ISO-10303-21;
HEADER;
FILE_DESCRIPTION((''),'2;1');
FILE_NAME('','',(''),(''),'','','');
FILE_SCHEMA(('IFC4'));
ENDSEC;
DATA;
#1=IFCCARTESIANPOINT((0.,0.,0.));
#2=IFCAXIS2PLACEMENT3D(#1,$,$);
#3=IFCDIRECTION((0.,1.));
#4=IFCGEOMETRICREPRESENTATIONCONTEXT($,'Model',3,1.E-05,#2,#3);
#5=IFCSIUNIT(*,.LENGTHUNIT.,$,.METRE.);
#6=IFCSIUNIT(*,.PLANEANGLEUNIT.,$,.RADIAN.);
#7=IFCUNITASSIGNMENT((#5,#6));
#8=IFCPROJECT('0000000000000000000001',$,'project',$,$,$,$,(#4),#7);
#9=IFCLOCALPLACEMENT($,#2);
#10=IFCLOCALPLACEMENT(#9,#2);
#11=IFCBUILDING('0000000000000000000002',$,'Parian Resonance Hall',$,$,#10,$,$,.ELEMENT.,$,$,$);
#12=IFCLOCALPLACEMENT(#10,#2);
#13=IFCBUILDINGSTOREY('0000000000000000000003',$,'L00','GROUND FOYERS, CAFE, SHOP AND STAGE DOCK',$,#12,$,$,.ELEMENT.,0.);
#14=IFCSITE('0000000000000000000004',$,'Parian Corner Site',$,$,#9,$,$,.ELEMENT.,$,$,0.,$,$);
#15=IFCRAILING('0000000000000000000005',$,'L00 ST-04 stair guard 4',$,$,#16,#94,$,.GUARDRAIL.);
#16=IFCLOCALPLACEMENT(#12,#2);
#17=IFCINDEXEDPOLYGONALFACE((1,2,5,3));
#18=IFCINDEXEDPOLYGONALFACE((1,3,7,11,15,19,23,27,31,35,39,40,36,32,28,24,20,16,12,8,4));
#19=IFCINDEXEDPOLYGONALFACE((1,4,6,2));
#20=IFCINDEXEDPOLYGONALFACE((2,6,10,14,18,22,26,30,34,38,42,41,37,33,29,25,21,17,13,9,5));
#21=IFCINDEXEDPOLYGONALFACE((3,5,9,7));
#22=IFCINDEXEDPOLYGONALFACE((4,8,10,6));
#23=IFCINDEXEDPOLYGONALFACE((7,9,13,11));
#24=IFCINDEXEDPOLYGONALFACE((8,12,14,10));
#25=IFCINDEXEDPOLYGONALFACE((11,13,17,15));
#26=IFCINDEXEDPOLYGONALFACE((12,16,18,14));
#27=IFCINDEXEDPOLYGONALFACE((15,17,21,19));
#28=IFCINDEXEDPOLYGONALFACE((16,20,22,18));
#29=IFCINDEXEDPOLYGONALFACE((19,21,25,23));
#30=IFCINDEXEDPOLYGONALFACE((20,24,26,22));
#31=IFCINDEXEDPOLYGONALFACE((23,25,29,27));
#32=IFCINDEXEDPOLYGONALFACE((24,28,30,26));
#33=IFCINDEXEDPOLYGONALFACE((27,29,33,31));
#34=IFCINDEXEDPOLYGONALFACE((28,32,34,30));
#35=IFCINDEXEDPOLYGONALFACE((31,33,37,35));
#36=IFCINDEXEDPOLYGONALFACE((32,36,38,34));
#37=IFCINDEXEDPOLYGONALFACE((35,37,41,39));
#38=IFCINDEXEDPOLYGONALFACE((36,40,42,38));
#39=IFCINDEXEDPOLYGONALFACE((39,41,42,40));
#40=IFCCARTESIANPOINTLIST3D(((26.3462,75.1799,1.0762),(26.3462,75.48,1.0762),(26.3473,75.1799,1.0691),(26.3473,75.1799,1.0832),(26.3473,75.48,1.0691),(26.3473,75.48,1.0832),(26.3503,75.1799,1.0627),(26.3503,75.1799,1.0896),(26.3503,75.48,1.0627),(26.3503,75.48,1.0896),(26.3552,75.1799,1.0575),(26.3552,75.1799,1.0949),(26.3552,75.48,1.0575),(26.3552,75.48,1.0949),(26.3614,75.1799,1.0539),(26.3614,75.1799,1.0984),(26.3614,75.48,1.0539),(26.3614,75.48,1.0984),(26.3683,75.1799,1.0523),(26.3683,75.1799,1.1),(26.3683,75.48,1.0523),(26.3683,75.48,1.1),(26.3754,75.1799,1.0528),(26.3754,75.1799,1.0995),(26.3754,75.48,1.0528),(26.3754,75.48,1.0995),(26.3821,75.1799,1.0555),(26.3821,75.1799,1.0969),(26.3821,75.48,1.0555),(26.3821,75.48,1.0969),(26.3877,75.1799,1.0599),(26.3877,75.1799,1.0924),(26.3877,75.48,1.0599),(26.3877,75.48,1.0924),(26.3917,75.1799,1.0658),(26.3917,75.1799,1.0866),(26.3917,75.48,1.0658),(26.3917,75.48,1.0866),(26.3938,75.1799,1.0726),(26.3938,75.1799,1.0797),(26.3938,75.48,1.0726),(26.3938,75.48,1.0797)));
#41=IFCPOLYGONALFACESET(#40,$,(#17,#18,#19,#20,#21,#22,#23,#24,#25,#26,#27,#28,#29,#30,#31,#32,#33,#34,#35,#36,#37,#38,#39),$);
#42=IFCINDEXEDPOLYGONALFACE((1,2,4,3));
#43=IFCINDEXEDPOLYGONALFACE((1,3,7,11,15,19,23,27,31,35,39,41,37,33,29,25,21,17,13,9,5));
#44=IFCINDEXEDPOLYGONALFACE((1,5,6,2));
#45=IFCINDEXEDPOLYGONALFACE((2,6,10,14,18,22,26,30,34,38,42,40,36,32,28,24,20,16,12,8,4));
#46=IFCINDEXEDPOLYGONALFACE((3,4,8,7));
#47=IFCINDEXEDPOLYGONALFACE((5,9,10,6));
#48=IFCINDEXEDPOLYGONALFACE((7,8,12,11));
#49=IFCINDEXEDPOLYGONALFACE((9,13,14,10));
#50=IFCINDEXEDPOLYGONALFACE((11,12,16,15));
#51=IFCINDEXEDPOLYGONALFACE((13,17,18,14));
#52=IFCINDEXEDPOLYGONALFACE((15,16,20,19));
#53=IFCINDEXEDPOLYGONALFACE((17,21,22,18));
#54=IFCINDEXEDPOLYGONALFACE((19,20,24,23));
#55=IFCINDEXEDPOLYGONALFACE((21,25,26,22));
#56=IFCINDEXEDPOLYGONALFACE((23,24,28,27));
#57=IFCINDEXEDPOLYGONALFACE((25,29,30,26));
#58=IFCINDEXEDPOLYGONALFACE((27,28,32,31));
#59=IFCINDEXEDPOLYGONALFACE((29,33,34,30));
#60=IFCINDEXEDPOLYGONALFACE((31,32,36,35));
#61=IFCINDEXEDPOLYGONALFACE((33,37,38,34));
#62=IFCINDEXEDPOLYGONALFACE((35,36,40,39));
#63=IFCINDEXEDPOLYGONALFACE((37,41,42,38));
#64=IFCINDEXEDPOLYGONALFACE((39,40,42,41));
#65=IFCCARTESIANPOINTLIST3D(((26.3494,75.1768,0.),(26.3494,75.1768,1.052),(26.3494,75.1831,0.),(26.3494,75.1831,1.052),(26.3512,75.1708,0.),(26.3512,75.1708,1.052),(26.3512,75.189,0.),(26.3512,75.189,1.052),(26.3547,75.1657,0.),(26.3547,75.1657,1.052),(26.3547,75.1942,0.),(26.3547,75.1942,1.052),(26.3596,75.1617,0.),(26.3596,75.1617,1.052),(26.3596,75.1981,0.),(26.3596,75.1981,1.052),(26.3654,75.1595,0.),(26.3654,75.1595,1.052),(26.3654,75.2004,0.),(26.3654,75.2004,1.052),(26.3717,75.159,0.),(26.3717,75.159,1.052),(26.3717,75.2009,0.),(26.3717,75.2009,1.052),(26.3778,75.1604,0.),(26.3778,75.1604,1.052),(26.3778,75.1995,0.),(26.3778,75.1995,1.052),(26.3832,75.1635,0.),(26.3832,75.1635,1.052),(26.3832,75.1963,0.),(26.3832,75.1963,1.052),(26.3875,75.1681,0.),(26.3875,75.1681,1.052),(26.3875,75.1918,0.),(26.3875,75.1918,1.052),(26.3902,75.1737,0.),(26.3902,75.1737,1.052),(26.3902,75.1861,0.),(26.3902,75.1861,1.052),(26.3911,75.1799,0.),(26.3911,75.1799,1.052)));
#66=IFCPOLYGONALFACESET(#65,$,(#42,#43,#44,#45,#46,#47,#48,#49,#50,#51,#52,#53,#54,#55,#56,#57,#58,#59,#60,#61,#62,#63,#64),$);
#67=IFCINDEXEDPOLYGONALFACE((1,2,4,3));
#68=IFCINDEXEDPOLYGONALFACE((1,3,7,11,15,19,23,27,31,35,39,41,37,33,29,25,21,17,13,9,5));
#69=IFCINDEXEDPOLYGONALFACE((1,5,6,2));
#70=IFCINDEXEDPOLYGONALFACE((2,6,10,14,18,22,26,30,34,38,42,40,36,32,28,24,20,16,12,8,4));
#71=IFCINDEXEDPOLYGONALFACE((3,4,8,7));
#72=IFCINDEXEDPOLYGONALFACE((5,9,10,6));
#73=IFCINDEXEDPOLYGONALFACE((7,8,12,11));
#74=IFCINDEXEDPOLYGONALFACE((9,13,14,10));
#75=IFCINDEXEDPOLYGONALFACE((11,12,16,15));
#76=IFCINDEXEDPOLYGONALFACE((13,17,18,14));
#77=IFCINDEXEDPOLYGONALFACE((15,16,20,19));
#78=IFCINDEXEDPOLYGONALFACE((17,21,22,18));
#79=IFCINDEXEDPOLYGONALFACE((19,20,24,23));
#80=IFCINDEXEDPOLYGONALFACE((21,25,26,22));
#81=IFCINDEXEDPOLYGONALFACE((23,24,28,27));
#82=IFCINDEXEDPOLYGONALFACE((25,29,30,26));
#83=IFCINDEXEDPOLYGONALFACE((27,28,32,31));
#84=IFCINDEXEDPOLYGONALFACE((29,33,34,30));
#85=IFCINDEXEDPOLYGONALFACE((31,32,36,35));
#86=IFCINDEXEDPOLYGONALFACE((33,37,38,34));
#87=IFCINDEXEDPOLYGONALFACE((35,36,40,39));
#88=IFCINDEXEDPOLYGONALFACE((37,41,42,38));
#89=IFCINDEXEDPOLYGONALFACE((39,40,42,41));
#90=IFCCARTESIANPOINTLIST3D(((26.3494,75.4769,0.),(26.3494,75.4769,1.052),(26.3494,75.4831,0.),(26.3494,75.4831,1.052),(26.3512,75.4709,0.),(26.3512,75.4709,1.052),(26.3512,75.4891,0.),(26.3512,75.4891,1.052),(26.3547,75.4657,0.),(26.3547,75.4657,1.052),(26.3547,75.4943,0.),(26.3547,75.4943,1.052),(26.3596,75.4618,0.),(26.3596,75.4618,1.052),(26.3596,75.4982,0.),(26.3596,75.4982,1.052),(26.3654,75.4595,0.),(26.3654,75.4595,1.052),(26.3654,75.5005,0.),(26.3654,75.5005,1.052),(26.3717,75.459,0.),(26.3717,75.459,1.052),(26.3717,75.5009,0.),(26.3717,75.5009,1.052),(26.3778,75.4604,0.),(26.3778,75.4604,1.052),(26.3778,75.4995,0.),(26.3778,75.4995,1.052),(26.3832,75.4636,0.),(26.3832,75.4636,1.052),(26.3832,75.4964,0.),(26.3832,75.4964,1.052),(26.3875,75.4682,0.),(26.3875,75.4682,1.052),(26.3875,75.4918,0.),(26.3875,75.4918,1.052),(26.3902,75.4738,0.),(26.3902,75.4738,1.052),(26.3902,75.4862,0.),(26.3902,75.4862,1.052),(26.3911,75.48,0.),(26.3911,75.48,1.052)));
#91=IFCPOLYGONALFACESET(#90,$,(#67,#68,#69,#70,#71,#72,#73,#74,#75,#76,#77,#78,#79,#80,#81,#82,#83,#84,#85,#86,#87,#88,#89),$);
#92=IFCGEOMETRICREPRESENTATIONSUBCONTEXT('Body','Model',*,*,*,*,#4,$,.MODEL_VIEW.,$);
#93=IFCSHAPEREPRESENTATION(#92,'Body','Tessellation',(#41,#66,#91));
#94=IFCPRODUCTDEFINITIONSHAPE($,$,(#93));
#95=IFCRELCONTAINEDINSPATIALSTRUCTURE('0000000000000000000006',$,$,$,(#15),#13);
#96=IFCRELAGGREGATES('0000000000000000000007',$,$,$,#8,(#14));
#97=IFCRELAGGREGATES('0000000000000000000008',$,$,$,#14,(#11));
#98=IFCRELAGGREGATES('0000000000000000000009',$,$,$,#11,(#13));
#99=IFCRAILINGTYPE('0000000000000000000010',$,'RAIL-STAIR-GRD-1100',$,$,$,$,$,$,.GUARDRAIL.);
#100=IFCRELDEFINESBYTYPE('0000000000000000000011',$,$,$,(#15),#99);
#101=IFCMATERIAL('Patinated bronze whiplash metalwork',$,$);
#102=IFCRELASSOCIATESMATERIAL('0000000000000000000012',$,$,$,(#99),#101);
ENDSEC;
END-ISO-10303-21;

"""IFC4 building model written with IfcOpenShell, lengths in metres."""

from ifc_helpers import new_model, si_unit, direction, frame, origin, origin_2d, place, context, subcontext, project, spatial, circle, extrude, material, type_object, element, save


model = new_model("IFC4")

# Units and contexts
model_context = context("Model", 3, precision=1e-05, world=origin(), true_north=direction((0.0, 1.0)))
body_context = subcontext(model_context, "Body", "Model", "MODEL_VIEW")
ifc_project = project(units=[si_unit("LENGTHUNIT", "METRE"), si_unit("PLANEANGLEUNIT", "RADIAN")], contexts=[model_context])

# Site, building, storey
site_placement = place(None, origin())
site = spatial("IfcSite", under=ifc_project, at=site_placement, Name="Parian Corner Site", CompositionType="ELEMENT", RefElevation=0.0)
building_placement = place(site_placement, origin())
building = spatial("IfcBuilding", under=site, at=building_placement, Name="Parian Resonance Hall", CompositionType="ELEMENT")
storey_placement = place(building_placement, origin())
storey = spatial("IfcBuildingStorey", under=building, at=storey_placement, Name="L00", Description="GROUND FOYERS, CAFE, SHOP AND STAGE DOCK", CompositionType="ELEMENT", Elevation=0.0)

# Railing
ifc_material_1 = material(Name="Patinated bronze whiplash metalwork")
railing_type_1 = type_object("IfcRailingType", Name="RAIL-STAIR-GRD-1100", PredefinedType="GUARDRAIL", material=ifc_material_1)
railing_1_placement = place(storey_placement, frame((26.3701, 75.1799, 0.0)))
element("IfcRailing", 1, at=railing_1_placement, inside=storey, type_object=railing_type_1, Name="L00 ST-04 stair guard 4", PredefinedType="GUARDRAIL", context=body_context, shape_type="SweptSolid", body=[
    extrude(circle(Radius=0.0239, at=origin_2d()), frame((0.0, 0.0, 1.0762), z_axis=(0.0, 1.0, 0.0), x_axis=(-1.0, 0.0, 0.0)), (0.0, 0.0, 1.0), 0.3),
    extrude(circle(Radius=0.021, at=origin_2d()), origin(), (0.0, 0.0, 1.0), 1.052),
    extrude(circle(Radius=0.021, at=origin_2d()), frame((0.0, 0.3, 0.0)), (0.0, 0.0, 1.0), 1.052),
])

save(model, "model.ifc")
